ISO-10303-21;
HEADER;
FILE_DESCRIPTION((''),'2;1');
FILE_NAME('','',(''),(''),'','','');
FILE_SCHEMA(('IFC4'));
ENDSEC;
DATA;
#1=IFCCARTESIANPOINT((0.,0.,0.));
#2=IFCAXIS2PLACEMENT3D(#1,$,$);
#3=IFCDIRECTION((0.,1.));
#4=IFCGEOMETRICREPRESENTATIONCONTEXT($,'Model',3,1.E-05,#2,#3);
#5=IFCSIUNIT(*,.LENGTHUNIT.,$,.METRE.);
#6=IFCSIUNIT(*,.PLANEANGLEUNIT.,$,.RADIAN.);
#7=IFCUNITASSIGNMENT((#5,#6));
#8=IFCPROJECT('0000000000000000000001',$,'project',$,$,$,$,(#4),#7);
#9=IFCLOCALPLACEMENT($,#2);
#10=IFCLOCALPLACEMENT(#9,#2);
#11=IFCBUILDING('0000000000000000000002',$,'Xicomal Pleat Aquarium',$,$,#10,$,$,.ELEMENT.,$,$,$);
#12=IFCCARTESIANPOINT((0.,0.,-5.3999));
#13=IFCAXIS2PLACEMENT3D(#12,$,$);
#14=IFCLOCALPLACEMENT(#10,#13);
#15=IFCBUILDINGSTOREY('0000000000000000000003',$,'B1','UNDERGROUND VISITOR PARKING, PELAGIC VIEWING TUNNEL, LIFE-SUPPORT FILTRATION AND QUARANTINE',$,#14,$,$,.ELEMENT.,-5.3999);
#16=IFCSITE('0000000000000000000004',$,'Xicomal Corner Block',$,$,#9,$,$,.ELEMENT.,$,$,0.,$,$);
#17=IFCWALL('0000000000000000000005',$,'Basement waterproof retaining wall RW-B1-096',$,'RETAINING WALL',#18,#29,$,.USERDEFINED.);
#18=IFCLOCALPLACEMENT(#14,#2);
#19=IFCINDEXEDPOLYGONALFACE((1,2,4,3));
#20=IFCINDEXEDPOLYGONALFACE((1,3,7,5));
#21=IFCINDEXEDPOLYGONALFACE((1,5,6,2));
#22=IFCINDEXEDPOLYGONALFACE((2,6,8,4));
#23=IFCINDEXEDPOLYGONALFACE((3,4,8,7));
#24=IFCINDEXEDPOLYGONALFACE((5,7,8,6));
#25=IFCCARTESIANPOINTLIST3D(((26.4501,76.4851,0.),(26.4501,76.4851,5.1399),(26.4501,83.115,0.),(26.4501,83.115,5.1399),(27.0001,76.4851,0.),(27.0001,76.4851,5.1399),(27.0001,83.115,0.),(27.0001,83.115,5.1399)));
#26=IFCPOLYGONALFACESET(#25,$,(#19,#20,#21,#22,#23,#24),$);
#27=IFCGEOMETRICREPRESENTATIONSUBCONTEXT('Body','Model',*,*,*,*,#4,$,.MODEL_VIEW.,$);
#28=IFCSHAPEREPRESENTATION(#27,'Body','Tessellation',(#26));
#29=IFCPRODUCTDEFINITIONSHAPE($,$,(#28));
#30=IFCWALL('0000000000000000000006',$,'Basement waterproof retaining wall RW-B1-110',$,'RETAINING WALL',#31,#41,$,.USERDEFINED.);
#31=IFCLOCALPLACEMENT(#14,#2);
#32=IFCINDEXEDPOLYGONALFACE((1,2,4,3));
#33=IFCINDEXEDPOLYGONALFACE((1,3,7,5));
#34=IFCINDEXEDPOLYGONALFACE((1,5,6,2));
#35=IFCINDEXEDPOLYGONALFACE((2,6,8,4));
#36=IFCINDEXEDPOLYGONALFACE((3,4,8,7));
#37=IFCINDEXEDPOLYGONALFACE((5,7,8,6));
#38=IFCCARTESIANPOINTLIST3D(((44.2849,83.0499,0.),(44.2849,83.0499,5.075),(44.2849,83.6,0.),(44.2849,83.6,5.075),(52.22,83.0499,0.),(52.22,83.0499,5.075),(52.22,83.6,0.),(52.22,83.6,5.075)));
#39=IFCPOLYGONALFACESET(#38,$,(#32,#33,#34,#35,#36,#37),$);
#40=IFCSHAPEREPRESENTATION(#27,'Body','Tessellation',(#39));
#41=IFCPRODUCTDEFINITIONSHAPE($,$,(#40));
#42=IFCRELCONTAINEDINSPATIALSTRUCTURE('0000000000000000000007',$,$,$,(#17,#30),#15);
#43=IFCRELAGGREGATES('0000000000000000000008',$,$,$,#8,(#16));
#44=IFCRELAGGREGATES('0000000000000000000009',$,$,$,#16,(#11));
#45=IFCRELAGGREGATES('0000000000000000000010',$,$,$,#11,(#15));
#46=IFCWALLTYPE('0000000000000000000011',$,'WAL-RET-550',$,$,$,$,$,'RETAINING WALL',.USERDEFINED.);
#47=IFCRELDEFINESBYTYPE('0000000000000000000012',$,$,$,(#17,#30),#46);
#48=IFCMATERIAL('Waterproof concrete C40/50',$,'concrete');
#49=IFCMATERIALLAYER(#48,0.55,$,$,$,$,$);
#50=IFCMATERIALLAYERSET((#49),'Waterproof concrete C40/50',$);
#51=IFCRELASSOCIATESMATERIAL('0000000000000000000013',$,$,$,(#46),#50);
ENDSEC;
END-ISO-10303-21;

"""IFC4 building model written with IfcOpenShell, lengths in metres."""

from ifc_helpers import new_model, si_unit, direction, frame, frame_2d, origin, place, context, subcontext, project, spatial, rectangle, extrude, material, layer, layer_set, type_object, element, save


model = new_model("IFC4")

# Units and contexts
model_context = context("Model", 3, precision=1e-05, world=origin(), true_north=direction((0.0, 1.0)))
body_context = subcontext(model_context, "Body", "Model", "MODEL_VIEW")
ifc_project = project(units=[si_unit("LENGTHUNIT", "METRE"), si_unit("PLANEANGLEUNIT", "RADIAN")], contexts=[model_context])

# Site, building, storey
site_placement = place(None, origin())
site = spatial("IfcSite", under=ifc_project, at=site_placement, Name="Xicomal Corner Block", CompositionType="ELEMENT", RefElevation=0.0)
building_placement = place(site_placement, origin())
building = spatial("IfcBuilding", under=site, at=building_placement, Name="Xicomal Pleat Aquarium", CompositionType="ELEMENT")
storey_placement = place(building_placement, frame((0.0, 0.0, -5.3999)))
storey = spatial("IfcBuildingStorey", under=building, at=storey_placement, Name="B1", Description="UNDERGROUND VISITOR PARKING, PELAGIC VIEWING TUNNEL, LIFE-SUPPORT FILTRATION AND QUARANTINE", CompositionType="ELEMENT", Elevation=-5.3999)

# Walls
ifc_material_1 = material(Name="Waterproof concrete C40/50", Category="concrete")
ifc_layer_1 = layer(ifc_material_1, 0.55)
ifc_layer_set_1 = layer_set([ifc_layer_1], Name="Waterproof concrete C40/50")
wall_type_1 = type_object("IfcWallType", Name="WAL-RET-550", ElementType="RETAINING WALL", PredefinedType="USERDEFINED", material=ifc_layer_set_1)
wall_1_placement = place(storey_placement, frame((26.7251, 83.115, 0.0), z_axis=(0.0, 0.0, 1.0), x_axis=(0.0, -1.0, 0.0)))
element("IfcWall", 1, at=wall_1_placement, inside=storey, type_object=wall_type_1, Name="Basement waterproof retaining wall RW-B1-096", ObjectType="RETAINING WALL", PredefinedType="USERDEFINED", context=body_context, shape_type="SweptSolid", body=[
    extrude(rectangle(XDim=6.6299, YDim=0.55, at=frame_2d((3.3149, 0.0))), origin(), (0.0, 0.0, 1.0), 5.1399),
])
wall_2_placement = place(storey_placement, frame((44.2849, 83.325, 0.0), z_axis=(0.0, 0.0, 1.0), x_axis=(1.0, 0.0, 0.0)))
element("IfcWall", 2, at=wall_2_placement, inside=storey, type_object=wall_type_1, Name="Basement waterproof retaining wall RW-B1-110", ObjectType="RETAINING WALL", PredefinedType="USERDEFINED", context=body_context, shape_type="SweptSolid", body=[
    extrude(rectangle(XDim=7.9351, YDim=0.55, at=frame_2d((3.9675, 0.0))), origin(), (0.0, 0.0, 1.0), 5.075),
])

save(model, "model.ifc")
